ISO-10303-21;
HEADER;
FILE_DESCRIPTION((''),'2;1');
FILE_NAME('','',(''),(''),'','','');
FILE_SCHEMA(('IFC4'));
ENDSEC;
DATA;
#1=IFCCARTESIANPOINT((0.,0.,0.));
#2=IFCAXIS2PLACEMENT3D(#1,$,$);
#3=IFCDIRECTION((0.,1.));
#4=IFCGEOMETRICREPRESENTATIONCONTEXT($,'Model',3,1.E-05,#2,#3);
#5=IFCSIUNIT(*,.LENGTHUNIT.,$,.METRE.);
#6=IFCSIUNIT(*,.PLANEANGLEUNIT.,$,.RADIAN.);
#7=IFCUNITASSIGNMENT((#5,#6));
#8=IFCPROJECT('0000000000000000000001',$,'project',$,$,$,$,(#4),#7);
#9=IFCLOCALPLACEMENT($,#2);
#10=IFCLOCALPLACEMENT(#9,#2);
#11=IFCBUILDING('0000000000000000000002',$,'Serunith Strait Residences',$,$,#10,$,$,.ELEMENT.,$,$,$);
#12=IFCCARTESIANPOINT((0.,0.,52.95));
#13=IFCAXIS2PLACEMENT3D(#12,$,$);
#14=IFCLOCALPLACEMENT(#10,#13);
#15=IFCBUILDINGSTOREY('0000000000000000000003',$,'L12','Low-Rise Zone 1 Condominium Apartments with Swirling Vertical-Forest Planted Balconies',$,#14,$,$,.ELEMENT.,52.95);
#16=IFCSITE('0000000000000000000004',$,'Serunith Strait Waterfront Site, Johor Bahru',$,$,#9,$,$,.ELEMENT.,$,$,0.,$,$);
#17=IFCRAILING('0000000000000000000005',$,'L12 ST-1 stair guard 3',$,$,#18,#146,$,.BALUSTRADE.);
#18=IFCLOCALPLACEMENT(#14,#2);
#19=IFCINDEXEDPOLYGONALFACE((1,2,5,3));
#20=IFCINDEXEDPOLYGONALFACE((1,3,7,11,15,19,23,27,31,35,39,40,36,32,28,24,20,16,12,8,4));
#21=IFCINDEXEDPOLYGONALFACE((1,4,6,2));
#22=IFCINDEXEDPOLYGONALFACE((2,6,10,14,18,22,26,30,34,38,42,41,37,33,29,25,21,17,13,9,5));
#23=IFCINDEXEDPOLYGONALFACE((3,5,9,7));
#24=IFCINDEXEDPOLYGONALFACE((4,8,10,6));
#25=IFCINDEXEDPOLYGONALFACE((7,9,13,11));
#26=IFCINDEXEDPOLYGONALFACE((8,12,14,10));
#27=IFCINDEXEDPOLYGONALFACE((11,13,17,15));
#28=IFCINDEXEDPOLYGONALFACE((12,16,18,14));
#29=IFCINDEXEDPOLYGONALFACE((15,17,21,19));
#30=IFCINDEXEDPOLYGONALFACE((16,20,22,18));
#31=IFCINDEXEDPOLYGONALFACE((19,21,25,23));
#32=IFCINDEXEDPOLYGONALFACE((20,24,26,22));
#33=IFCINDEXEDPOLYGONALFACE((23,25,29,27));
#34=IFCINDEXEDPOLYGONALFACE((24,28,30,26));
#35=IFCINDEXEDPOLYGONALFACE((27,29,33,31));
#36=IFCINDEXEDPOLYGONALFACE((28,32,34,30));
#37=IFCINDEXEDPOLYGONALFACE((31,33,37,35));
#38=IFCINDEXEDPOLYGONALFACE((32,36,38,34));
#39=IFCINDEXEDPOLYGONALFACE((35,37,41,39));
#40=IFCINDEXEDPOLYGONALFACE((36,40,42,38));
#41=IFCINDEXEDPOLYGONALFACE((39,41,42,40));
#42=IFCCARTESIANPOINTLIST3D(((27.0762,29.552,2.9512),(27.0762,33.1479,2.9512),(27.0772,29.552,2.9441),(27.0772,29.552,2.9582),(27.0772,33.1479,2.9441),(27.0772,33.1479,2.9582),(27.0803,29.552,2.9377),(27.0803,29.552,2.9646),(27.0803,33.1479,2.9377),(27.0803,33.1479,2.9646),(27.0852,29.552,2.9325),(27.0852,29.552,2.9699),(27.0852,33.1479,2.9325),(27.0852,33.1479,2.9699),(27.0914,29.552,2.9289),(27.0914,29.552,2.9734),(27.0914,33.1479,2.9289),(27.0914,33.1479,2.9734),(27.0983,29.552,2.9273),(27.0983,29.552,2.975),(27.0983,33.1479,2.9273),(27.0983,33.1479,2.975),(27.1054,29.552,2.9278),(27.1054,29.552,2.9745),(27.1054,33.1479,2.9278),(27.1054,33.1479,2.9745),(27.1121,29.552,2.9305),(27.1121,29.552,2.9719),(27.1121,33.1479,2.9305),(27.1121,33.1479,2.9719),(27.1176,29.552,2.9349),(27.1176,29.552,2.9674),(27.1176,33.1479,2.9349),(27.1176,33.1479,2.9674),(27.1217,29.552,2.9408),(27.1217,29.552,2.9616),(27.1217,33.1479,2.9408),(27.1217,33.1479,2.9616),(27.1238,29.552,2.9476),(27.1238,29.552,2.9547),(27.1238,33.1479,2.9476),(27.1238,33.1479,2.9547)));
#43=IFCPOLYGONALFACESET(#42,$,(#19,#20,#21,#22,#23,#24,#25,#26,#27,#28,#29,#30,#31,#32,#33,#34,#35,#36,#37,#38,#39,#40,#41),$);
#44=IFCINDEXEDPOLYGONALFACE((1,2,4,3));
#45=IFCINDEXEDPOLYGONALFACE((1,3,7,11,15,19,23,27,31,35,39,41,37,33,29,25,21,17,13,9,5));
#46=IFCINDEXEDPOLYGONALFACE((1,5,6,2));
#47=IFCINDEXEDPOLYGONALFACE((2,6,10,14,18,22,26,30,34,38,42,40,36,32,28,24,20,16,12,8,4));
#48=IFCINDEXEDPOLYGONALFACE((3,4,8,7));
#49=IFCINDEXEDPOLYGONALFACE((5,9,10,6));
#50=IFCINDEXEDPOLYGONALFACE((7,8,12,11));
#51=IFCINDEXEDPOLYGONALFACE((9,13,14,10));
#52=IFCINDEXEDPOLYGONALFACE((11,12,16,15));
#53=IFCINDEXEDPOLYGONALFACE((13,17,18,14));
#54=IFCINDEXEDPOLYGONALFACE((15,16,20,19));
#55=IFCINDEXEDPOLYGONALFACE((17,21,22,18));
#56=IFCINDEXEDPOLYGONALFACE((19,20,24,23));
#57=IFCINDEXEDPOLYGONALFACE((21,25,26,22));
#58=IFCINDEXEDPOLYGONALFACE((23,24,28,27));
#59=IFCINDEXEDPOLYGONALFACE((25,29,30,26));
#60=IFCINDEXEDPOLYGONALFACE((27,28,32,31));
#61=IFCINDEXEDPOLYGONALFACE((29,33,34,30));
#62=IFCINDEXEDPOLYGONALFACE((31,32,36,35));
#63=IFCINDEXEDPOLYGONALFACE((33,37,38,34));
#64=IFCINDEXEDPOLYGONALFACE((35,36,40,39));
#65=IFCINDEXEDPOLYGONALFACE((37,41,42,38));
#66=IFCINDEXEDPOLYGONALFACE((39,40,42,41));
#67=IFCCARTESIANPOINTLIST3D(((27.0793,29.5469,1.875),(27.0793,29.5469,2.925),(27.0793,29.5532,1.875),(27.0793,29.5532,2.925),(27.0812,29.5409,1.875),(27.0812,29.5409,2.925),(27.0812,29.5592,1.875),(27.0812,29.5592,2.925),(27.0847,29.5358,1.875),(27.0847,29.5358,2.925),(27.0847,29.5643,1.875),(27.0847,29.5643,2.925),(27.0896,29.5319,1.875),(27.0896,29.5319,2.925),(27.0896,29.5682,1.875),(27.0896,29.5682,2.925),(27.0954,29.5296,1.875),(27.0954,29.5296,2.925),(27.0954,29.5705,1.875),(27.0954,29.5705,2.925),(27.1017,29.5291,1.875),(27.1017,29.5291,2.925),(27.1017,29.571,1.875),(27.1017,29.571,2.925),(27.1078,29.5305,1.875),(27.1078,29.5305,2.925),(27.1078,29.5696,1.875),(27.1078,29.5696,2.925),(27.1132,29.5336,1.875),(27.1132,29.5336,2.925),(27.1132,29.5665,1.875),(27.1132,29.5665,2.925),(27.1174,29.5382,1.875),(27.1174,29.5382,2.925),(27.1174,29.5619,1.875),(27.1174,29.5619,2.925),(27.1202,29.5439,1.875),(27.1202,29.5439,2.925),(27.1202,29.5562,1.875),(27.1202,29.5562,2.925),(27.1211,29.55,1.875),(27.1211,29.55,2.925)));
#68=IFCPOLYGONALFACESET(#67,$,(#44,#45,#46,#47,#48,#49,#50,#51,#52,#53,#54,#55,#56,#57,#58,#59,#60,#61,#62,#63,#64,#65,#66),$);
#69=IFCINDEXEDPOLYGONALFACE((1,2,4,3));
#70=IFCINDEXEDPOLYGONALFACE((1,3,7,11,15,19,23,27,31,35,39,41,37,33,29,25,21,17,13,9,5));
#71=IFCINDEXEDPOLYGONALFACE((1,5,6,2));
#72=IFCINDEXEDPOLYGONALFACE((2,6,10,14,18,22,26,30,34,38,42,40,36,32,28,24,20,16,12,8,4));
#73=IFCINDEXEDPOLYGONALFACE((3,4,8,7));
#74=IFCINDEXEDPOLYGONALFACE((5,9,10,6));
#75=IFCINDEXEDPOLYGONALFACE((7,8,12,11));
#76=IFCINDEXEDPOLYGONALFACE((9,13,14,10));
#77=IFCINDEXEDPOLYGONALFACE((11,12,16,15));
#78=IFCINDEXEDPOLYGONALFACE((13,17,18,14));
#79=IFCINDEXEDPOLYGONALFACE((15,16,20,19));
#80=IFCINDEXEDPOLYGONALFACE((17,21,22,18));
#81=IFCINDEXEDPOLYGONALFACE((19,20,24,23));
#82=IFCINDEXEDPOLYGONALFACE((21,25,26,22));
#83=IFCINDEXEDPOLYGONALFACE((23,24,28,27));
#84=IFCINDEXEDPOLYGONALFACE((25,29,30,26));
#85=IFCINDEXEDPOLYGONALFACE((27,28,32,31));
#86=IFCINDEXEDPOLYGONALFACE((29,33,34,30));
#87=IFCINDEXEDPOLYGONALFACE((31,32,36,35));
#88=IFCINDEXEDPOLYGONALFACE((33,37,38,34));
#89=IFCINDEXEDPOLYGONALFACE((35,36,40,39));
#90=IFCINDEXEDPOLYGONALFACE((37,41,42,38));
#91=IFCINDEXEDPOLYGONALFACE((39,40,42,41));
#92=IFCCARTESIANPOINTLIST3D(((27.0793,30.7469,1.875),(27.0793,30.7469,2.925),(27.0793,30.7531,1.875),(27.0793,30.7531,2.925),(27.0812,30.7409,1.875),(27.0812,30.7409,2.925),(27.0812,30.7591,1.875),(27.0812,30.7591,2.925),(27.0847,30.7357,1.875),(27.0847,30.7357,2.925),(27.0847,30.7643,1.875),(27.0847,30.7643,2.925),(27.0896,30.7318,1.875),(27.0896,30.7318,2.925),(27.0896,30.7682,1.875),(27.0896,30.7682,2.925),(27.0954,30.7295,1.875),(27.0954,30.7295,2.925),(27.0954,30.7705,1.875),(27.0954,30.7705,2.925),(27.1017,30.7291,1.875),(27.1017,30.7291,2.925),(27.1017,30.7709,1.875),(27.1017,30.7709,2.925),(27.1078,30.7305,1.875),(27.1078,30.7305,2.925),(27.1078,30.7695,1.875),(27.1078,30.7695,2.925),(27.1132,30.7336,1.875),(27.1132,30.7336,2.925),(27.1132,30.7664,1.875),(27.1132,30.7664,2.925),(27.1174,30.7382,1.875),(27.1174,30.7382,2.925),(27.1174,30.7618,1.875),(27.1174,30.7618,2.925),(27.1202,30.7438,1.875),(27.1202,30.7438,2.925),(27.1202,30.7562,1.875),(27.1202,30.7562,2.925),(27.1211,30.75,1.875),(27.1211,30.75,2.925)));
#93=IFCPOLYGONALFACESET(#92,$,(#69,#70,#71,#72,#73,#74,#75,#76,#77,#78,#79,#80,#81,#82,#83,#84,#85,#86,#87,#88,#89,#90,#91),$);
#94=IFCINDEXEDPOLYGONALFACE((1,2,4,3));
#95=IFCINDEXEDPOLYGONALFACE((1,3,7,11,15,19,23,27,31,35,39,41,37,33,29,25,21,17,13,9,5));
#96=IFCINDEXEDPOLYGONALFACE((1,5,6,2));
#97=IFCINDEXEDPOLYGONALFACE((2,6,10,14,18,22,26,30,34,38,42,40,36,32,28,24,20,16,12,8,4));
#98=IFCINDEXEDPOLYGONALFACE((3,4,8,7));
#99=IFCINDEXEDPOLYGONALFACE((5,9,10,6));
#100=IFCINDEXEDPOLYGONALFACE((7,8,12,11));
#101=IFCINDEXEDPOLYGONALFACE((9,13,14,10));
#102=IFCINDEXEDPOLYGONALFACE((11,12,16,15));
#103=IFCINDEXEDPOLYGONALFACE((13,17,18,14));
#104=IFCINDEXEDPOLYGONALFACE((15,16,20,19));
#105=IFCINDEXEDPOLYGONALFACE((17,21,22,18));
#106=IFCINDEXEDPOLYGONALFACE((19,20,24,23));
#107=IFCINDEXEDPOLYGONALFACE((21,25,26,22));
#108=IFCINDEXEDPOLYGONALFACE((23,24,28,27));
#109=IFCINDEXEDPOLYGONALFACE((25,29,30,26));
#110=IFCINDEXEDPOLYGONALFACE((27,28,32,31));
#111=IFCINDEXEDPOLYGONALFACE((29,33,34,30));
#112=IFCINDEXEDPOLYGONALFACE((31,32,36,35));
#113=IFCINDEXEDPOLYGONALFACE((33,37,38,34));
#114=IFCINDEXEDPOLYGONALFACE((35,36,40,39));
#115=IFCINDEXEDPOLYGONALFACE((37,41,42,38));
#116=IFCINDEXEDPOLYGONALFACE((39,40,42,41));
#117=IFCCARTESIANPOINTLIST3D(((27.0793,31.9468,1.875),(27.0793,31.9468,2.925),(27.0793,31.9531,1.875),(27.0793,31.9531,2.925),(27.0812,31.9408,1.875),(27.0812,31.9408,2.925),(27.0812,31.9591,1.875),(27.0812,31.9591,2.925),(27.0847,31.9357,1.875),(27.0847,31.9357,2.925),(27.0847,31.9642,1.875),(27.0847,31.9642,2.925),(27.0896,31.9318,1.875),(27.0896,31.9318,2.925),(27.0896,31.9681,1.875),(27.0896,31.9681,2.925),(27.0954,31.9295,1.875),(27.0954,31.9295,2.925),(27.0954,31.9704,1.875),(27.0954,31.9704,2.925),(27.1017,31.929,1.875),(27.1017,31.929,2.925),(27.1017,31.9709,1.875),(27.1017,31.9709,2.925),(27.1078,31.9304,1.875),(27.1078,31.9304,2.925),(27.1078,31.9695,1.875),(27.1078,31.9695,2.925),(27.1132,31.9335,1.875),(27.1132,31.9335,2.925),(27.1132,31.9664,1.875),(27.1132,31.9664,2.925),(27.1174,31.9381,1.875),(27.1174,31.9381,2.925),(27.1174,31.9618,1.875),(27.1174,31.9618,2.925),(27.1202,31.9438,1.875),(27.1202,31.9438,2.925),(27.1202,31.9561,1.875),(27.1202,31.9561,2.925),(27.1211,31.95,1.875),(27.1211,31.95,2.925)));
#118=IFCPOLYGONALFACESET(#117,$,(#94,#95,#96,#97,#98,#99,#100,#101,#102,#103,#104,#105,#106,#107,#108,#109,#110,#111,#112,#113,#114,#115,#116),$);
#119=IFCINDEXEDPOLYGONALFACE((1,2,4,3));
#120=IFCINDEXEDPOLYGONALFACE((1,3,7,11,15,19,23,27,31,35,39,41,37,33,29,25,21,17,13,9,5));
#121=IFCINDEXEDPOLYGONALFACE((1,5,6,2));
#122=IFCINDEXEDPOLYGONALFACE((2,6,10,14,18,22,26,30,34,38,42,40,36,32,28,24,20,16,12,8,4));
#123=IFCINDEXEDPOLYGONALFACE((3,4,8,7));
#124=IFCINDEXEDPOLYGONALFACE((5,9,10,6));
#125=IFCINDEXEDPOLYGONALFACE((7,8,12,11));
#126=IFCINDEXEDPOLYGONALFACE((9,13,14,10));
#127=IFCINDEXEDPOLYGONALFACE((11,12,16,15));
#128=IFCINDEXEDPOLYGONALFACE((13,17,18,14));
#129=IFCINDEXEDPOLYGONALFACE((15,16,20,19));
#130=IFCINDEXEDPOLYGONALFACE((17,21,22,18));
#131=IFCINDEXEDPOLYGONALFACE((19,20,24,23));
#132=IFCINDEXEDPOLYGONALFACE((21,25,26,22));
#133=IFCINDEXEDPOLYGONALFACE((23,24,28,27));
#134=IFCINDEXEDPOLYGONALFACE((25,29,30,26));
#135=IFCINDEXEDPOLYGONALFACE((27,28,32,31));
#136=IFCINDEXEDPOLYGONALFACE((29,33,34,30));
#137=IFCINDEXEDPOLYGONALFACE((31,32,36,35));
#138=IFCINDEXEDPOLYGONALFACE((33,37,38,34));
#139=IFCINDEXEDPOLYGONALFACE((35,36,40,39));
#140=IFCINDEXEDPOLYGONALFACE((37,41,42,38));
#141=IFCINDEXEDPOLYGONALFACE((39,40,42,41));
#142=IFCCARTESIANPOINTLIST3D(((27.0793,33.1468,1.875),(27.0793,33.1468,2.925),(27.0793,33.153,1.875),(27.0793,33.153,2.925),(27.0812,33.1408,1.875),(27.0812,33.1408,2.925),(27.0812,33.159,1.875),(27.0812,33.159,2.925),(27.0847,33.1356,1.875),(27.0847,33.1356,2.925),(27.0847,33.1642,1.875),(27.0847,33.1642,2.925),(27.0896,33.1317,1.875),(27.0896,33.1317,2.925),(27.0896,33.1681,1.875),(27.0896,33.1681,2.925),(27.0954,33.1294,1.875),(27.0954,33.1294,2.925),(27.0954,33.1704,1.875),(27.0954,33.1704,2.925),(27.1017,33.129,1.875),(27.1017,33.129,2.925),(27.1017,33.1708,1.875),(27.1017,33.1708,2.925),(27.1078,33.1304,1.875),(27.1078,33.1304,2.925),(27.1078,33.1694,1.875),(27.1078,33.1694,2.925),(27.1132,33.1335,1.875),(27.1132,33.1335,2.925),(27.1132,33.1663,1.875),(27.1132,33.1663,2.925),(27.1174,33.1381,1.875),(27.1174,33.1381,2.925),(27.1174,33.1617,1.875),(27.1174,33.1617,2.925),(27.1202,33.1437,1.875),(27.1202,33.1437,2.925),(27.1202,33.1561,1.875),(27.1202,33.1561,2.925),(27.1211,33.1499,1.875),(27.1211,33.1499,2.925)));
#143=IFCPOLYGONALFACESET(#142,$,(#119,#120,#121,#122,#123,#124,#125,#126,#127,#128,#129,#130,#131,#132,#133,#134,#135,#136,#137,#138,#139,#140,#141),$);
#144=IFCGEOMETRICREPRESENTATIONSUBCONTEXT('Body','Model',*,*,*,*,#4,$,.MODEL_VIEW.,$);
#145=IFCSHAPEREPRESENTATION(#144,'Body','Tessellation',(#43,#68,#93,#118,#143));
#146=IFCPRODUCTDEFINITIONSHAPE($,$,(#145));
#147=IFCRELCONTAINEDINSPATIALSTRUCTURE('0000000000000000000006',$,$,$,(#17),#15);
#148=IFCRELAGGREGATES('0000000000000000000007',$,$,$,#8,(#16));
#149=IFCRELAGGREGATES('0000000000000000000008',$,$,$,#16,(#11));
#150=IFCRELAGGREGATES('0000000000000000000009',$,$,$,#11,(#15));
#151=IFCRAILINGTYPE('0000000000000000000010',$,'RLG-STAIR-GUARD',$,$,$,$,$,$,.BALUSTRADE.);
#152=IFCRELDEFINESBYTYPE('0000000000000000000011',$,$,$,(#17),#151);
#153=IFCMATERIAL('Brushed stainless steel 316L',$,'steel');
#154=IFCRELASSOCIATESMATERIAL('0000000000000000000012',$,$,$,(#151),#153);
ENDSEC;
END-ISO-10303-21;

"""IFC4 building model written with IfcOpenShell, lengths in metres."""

from ifc_helpers import new_model, si_unit, direction, frame, origin, origin_2d, place, context, subcontext, project, spatial, circle, extrude, material, type_object, element, save


model = new_model("IFC4")

# Units and contexts
model_context = context("Model", 3, precision=1e-05, world=origin(), true_north=direction((0.0, 1.0)))
body_context = subcontext(model_context, "Body", "Model", "MODEL_VIEW")
ifc_project = project(units=[si_unit("LENGTHUNIT", "METRE"), si_unit("PLANEANGLEUNIT", "RADIAN")], contexts=[model_context])

# Site, building, storey
site_placement = place(None, origin())
site = spatial("IfcSite", under=ifc_project, at=site_placement, Name="Serunith Strait Waterfront Site, Johor Bahru", CompositionType="ELEMENT", RefElevation=0.0)
building_placement = place(site_placement, origin())
building = spatial("IfcBuilding", under=site, at=building_placement, Name="Serunith Strait Residences", CompositionType="ELEMENT")
storey_placement = place(building_placement, frame((0.0, 0.0, 52.95)))
storey = spatial("IfcBuildingStorey", under=building, at=storey_placement, Name="L12", Description="Low-Rise Zone 1 Condominium Apartments with Swirling Vertical-Forest Planted Balconies", CompositionType="ELEMENT", Elevation=52.95)

# Railing
ifc_material_1 = material(Name="Brushed stainless steel 316L", Category="steel")
railing_type_1 = type_object("IfcRailingType", Name="RLG-STAIR-GUARD", PredefinedType="BALUSTRADE", material=ifc_material_1)
for number, where, name in (
    (1, (27.1001, 29.55, 1.875), "L12 ST-1 stair guard 3"),
):
    element("IfcRailing", number, at=place(storey_placement, frame(where)), inside=storey, type_object=railing_type_1, Name=name, PredefinedType="BALUSTRADE", context=body_context, shape_type="SweptSolid", body=[
        extrude(circle(Radius=0.0239, at=origin_2d()), frame((0.0, 0.002, 1.0762), z_axis=(0.0, 1.0, 0.0), x_axis=(-1.0, 0.0, 0.0)), (0.0, 0.0, 1.0), 3.5959),
        extrude(circle(Radius=0.021, at=origin_2d()), origin(), (0.0, 0.0, 1.0), 1.05),
        extrude(circle(Radius=0.021, at=origin_2d()), frame((0.0, 1.2, 0.0)), (0.0, 0.0, 1.0), 1.05),
        extrude(circle(Radius=0.021, at=origin_2d()), frame((0.0, 2.3999, 0.0)), (0.0, 0.0, 1.0), 1.05),
        extrude(circle(Radius=0.021, at=origin_2d()), frame((0.0, 3.5999, 0.0)), (0.0, 0.0, 1.0), 1.05),
    ])

save(model, "model.ifc")
